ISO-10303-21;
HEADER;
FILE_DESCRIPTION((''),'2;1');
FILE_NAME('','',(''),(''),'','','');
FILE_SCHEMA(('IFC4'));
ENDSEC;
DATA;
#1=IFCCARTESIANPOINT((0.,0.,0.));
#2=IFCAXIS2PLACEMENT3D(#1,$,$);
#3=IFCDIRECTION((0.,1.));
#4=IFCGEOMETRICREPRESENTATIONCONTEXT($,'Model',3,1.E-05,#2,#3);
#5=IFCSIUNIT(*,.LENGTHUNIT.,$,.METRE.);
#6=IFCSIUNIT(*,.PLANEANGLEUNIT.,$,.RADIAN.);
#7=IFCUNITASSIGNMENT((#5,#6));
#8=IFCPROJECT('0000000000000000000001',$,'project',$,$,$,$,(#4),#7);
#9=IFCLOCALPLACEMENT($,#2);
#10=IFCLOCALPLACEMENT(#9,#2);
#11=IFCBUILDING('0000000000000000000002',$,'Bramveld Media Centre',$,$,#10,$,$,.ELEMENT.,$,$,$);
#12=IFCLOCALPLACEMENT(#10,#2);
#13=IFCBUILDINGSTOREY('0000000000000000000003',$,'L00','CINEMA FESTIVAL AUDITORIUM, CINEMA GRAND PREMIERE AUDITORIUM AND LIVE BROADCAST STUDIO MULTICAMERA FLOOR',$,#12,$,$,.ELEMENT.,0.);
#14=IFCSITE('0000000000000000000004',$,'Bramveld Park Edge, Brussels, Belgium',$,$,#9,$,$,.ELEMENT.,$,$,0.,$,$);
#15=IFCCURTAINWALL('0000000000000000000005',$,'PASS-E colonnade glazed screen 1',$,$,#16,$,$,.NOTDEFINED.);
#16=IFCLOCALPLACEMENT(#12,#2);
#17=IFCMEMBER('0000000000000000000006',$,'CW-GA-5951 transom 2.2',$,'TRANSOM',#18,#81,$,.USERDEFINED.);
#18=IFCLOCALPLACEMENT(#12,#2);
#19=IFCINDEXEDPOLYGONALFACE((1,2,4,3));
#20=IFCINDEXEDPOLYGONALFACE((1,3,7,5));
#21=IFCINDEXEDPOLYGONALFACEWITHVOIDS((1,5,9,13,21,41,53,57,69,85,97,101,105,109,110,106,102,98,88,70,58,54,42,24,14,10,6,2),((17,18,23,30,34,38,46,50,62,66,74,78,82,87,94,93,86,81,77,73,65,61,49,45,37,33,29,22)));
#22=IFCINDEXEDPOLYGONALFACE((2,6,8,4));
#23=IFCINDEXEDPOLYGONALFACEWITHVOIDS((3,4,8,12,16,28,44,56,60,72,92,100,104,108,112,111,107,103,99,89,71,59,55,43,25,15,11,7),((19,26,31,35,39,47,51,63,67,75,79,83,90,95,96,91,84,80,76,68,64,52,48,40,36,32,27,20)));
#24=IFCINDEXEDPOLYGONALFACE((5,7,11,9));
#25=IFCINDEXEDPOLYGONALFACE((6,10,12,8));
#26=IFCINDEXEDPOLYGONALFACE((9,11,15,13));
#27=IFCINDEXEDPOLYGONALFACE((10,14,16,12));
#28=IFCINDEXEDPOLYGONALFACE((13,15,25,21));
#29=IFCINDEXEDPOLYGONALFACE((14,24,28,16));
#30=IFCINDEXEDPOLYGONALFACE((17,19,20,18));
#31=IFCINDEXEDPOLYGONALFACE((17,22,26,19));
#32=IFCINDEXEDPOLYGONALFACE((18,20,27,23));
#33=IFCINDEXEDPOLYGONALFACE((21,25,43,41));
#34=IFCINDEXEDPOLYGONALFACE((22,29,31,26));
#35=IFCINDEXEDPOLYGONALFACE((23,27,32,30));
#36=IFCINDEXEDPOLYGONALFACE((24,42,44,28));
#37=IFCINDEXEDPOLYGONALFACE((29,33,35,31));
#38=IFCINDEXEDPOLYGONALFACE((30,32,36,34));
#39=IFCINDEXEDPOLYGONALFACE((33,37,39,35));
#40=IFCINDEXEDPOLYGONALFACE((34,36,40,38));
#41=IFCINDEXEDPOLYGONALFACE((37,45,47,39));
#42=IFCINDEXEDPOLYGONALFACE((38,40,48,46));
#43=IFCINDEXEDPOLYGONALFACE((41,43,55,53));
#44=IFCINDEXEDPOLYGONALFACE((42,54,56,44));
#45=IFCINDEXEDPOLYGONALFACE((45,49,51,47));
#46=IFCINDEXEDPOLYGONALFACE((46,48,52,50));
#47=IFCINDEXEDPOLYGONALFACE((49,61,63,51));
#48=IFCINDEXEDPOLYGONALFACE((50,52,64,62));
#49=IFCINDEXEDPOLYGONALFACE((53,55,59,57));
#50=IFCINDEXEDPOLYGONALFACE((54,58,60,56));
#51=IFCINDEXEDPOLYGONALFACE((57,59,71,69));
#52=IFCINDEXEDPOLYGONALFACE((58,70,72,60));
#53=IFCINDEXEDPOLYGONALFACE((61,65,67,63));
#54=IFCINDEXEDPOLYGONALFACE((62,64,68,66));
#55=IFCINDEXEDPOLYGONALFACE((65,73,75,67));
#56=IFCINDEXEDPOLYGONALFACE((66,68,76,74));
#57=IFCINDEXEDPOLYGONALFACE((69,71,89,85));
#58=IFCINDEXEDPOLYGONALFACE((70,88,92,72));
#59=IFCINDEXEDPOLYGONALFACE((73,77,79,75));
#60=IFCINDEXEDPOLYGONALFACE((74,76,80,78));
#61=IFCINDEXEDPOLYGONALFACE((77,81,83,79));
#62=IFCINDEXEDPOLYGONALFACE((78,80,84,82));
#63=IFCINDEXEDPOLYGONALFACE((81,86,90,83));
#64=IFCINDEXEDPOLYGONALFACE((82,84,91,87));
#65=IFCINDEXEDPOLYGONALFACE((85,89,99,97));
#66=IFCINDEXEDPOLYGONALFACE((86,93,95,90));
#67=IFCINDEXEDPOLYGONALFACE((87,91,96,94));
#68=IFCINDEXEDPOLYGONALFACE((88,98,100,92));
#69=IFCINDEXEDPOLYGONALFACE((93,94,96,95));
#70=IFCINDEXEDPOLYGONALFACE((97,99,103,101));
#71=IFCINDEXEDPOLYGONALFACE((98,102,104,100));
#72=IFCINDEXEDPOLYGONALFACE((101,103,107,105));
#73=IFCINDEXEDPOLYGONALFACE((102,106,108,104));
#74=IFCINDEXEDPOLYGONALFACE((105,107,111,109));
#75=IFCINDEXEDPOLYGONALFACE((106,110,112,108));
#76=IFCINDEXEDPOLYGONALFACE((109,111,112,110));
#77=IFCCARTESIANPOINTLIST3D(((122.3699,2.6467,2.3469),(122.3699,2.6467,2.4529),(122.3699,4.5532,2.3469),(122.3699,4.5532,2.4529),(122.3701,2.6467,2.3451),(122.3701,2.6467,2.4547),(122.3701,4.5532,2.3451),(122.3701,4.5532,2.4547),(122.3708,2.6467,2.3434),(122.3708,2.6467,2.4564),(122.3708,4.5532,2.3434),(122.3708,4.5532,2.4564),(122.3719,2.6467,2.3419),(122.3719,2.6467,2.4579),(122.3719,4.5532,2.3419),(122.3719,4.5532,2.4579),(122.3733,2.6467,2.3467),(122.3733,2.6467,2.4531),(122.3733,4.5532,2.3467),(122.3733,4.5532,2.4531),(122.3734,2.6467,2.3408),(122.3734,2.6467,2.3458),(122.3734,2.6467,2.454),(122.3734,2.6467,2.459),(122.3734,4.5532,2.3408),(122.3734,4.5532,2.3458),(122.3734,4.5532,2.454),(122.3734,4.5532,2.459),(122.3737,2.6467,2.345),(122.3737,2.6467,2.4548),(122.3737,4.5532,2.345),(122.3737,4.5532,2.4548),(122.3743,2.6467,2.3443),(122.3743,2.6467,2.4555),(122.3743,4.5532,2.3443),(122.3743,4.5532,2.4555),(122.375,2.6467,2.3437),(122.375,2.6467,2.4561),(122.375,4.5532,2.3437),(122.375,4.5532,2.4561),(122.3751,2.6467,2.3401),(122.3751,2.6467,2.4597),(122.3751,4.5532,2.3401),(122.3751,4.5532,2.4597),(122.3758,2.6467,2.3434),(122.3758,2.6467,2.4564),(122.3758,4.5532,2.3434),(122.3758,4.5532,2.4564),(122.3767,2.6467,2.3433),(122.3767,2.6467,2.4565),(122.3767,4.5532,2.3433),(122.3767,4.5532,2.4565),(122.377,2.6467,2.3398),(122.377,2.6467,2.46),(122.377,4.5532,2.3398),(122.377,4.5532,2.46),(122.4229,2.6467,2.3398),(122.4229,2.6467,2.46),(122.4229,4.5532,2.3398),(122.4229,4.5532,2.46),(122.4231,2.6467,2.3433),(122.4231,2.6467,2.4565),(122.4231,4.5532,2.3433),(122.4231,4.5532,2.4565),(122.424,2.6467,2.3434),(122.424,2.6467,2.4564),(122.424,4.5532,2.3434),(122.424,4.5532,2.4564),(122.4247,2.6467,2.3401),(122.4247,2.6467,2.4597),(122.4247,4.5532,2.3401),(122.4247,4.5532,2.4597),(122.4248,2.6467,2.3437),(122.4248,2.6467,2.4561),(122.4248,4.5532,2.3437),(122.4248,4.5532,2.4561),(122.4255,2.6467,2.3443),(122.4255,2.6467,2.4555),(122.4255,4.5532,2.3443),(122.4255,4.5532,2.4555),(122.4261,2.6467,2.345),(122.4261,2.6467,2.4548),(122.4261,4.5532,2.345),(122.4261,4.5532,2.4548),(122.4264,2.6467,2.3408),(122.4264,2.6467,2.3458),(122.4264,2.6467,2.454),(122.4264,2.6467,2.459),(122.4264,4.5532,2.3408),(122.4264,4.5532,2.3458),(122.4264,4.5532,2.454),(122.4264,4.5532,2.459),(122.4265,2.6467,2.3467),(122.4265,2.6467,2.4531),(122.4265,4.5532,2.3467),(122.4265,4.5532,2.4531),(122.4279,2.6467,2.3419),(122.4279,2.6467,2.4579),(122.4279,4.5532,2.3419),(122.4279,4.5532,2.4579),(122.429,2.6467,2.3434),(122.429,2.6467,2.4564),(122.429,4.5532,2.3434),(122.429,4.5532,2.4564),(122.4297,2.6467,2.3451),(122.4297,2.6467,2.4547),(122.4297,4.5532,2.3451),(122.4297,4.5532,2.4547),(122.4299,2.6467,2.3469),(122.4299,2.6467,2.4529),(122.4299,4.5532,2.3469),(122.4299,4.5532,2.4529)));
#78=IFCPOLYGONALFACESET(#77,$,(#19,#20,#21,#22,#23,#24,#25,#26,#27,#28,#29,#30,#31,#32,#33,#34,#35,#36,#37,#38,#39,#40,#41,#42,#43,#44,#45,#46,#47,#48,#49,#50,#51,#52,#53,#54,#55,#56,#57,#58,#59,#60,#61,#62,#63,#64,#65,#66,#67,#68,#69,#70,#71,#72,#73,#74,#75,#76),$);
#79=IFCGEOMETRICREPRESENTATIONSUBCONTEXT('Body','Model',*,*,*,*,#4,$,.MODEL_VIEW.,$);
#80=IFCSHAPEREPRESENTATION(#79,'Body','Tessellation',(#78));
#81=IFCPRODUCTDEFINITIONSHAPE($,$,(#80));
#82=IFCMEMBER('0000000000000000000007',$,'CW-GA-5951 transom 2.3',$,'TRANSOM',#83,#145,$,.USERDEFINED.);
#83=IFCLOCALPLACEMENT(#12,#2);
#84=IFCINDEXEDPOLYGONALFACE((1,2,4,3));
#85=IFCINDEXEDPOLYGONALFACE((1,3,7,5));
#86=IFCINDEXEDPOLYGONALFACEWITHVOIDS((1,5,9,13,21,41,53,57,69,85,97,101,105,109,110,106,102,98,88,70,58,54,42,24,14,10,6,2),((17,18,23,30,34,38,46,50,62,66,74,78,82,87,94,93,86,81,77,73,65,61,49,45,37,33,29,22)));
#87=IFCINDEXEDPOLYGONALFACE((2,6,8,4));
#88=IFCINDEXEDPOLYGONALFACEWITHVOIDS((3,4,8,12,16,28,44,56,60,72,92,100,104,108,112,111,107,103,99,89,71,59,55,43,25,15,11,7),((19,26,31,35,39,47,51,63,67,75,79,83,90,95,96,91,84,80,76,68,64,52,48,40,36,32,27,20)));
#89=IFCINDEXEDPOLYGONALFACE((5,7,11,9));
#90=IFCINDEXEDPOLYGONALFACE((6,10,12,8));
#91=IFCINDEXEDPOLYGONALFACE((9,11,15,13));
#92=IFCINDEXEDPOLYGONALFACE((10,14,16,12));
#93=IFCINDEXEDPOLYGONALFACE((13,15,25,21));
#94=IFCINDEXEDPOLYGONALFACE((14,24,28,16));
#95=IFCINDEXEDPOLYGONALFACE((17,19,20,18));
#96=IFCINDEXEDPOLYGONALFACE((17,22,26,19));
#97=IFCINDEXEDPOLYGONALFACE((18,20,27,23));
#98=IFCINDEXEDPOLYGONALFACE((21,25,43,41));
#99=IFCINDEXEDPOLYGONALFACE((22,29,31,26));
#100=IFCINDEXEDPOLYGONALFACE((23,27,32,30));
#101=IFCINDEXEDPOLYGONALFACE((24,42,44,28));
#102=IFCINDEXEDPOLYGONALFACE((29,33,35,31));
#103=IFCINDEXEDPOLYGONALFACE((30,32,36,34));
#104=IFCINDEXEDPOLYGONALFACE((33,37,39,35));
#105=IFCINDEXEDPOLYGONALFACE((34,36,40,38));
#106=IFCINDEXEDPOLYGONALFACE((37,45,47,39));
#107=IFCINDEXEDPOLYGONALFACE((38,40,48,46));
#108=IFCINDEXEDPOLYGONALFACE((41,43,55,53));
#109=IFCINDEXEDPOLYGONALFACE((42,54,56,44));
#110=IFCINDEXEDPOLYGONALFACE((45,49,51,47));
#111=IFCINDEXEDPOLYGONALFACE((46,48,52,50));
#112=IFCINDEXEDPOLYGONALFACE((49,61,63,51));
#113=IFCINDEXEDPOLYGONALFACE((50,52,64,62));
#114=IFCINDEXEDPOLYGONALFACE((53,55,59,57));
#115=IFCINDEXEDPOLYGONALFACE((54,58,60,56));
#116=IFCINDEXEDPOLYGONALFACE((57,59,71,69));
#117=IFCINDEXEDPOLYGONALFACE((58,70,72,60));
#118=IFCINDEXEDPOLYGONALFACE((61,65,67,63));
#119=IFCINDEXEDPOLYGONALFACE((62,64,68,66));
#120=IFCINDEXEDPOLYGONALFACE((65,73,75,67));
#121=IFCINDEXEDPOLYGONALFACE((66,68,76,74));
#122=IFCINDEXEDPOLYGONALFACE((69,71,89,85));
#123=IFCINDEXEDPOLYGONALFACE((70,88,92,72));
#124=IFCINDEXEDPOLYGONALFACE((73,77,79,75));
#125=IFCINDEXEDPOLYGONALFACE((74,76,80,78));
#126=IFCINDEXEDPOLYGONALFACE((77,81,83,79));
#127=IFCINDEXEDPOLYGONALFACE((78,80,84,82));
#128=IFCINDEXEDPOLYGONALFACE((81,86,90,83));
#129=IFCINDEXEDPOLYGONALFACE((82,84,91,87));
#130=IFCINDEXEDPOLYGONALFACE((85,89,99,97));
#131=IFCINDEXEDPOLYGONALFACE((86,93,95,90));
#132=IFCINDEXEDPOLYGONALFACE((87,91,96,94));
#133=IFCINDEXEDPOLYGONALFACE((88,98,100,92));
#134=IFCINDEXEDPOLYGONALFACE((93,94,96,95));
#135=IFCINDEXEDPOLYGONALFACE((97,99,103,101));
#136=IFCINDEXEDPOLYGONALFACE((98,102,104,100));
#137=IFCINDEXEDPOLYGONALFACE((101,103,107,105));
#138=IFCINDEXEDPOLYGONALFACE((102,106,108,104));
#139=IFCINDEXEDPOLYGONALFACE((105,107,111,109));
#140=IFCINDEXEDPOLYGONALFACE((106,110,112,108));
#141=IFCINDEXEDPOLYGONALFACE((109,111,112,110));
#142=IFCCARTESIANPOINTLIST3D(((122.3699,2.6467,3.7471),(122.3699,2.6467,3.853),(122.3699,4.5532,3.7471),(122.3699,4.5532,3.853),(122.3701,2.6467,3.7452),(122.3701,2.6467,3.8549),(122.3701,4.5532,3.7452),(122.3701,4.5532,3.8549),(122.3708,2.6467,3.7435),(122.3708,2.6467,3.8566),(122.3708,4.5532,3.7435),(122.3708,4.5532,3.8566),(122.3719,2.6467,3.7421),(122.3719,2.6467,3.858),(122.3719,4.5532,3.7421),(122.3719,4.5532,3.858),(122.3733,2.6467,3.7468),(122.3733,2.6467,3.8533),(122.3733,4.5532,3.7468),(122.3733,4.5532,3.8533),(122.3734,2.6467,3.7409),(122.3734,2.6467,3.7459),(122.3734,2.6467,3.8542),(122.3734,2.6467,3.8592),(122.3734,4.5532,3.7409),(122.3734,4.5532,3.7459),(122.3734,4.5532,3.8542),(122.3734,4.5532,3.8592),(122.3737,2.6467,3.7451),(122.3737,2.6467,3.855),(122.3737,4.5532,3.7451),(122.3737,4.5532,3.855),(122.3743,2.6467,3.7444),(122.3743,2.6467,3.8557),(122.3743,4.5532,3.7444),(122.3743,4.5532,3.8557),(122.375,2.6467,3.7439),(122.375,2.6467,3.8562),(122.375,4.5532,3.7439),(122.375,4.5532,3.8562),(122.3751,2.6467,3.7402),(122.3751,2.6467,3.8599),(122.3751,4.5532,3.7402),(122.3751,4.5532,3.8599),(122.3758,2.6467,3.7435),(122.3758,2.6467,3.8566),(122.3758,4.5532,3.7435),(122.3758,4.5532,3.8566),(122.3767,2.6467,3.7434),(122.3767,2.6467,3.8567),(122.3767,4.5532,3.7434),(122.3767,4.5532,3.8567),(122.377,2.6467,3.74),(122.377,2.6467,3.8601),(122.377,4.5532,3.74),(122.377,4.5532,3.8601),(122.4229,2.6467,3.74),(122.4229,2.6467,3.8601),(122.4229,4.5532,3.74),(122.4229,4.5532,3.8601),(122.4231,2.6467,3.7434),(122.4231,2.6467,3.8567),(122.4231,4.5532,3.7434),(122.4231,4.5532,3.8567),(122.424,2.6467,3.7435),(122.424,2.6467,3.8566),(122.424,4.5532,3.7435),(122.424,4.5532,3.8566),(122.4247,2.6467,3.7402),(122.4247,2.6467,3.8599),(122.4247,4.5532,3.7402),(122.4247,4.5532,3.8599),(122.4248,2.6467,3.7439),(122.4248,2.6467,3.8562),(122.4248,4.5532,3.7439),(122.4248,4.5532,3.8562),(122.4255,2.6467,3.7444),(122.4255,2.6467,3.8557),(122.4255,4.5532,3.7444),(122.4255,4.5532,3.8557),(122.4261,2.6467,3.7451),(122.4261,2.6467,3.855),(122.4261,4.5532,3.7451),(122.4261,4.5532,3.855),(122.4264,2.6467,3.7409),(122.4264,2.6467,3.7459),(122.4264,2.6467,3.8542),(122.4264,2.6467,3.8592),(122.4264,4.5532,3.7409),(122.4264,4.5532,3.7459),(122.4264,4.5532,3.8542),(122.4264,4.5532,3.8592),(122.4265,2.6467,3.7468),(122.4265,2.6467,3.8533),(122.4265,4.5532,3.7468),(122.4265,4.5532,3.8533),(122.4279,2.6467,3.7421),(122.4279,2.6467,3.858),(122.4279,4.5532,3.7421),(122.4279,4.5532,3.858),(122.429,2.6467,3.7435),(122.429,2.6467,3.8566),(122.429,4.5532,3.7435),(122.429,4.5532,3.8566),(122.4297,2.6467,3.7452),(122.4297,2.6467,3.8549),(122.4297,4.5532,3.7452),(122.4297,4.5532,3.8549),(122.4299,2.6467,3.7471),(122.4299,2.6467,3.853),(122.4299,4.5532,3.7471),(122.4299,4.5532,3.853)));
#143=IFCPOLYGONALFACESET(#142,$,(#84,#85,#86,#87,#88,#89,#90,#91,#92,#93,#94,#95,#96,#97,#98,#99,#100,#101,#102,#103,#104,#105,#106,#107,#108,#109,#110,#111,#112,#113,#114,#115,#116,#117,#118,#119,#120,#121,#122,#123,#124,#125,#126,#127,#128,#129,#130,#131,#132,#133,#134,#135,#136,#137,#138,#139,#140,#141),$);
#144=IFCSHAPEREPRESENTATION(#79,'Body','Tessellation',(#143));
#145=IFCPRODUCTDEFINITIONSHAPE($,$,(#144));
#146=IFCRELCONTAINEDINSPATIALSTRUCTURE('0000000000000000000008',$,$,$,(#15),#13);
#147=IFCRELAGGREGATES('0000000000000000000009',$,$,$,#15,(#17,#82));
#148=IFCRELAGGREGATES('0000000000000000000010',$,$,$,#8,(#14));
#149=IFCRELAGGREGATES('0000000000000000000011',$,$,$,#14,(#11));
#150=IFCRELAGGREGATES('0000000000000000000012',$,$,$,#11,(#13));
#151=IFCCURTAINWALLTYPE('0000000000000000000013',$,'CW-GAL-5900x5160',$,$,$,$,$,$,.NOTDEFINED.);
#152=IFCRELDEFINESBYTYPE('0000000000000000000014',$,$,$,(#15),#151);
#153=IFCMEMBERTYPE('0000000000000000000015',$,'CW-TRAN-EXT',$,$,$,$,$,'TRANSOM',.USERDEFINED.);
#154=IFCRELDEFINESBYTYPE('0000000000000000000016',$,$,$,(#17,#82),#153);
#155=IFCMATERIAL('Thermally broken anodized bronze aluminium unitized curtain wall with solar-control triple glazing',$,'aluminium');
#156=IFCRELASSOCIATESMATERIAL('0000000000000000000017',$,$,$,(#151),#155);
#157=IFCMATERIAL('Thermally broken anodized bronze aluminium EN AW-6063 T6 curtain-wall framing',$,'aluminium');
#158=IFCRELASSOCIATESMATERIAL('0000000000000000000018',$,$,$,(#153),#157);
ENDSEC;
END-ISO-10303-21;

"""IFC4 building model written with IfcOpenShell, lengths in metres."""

from ifc_helpers import new_model, si_unit, direction, frame, origin, origin_2d, place, context, subcontext, project, spatial, hollow_rectangle, extrude, material, material_profile, profile_set, type_object, element, aggregate, save


model = new_model("IFC4")

# Units and contexts
model_context = context("Model", 3, precision=1e-05, world=origin(), true_north=direction((0.0, 1.0)))
body_context = subcontext(model_context, "Body", "Model", "MODEL_VIEW")
ifc_project = project(units=[si_unit("LENGTHUNIT", "METRE"), si_unit("PLANEANGLEUNIT", "RADIAN")], contexts=[model_context])

# Site, building, storey
site_placement = place(None, origin())
site = spatial("IfcSite", under=ifc_project, at=site_placement, Name="Bramveld Park Edge, Brussels, Belgium", CompositionType="ELEMENT", RefElevation=0.0)
building_placement = place(site_placement, origin())
building = spatial("IfcBuilding", under=site, at=building_placement, Name="Bramveld Media Centre", CompositionType="ELEMENT")
storey_placement = place(building_placement, origin())
storey = spatial("IfcBuildingStorey", under=building, at=storey_placement, Name="L00", Description="CINEMA FESTIVAL AUDITORIUM, CINEMA GRAND PREMIERE AUDITORIUM AND LIVE BROADCAST STUDIO MULTICAMERA FLOOR", CompositionType="ELEMENT", Elevation=0.0)

# Shared definitions
ifc_material_1 = material(Name="Thermally broken anodized bronze aluminium unitized curtain wall with solar-control triple glazing", Category="aluminium")
curtain_wall_type = type_object("IfcCurtainWallType", Name="CW-GAL-5900x5160", PredefinedType="NOTDEFINED", material=ifc_material_1)

# Curtain wall
curtain_wall_1_placement = place(storey_placement, origin())
curtain_wall_1 = element("IfcCurtainWall", 1, at=curtain_wall_1_placement, inside=storey, type_object=curtain_wall_type, Name="PASS-E colonnade glazed screen 1", PredefinedType="NOTDEFINED")

# Members
ifc_material_2 = material(Name="Thermally broken anodized bronze aluminium EN AW-6063 T6 curtain-wall framing", Category="aluminium")
ifc_material_profile_1 = material_profile(ifc_material_2, hollow_rectangle(XDim=0.0601, YDim=0.1201, WallThickness=0.0034, InnerFilletRadius=0.0034, OuterFilletRadius=0.0071, at=origin_2d()), Name="AL-TRAN 60x120")
ifc_profile_set_1 = profile_set([ifc_material_profile_1], Name="Thermally broken anodized bronze aluminium EN AW-6063 T6 curtain-wall framing")
member_type_1 = type_object("IfcMemberType", Name="CW-TRAN-EXT", ElementType="TRANSOM", PredefinedType="USERDEFINED", material=ifc_profile_set_1)
member_1_placement = place(storey_placement, frame((122.3999, 2.6467, 2.3999), z_axis=(0.0, 1.0, 0.0), x_axis=(-1.0, 0.0, 0.0)))
member_1 = element("IfcMember", 2, at=member_1_placement, type_object=member_type_1, Name="CW-GA-5951 transom 2.2", ObjectType="TRANSOM", PredefinedType="USERDEFINED", context=body_context, shape_type="SweptSolid", body=[
    extrude(hollow_rectangle(XDim=0.0601, YDim=0.1201, WallThickness=0.0034, InnerFilletRadius=0.0034, OuterFilletRadius=0.0071, at=origin_2d()), origin(), (0.0, 0.0, 1.0), 1.9065),
])
member_2_placement = place(storey_placement, frame((122.3999, 2.6467, 3.8), z_axis=(0.0, 1.0, 0.0), x_axis=(-1.0, 0.0, 0.0)))
member_2 = element("IfcMember", 3, at=member_2_placement, type_object=member_type_1, Name="CW-GA-5951 transom 2.3", ObjectType="TRANSOM", PredefinedType="USERDEFINED", context=body_context, shape_type="SweptSolid", body=[
    extrude(hollow_rectangle(XDim=0.0601, YDim=0.1201, WallThickness=0.0034, InnerFilletRadius=0.0034, OuterFilletRadius=0.0071, at=origin_2d()), origin(), (0.0, 0.0, 1.0), 1.9065),
])

aggregate(curtain_wall_1, [member_1, member_2])

save(model, "model.ifc")
